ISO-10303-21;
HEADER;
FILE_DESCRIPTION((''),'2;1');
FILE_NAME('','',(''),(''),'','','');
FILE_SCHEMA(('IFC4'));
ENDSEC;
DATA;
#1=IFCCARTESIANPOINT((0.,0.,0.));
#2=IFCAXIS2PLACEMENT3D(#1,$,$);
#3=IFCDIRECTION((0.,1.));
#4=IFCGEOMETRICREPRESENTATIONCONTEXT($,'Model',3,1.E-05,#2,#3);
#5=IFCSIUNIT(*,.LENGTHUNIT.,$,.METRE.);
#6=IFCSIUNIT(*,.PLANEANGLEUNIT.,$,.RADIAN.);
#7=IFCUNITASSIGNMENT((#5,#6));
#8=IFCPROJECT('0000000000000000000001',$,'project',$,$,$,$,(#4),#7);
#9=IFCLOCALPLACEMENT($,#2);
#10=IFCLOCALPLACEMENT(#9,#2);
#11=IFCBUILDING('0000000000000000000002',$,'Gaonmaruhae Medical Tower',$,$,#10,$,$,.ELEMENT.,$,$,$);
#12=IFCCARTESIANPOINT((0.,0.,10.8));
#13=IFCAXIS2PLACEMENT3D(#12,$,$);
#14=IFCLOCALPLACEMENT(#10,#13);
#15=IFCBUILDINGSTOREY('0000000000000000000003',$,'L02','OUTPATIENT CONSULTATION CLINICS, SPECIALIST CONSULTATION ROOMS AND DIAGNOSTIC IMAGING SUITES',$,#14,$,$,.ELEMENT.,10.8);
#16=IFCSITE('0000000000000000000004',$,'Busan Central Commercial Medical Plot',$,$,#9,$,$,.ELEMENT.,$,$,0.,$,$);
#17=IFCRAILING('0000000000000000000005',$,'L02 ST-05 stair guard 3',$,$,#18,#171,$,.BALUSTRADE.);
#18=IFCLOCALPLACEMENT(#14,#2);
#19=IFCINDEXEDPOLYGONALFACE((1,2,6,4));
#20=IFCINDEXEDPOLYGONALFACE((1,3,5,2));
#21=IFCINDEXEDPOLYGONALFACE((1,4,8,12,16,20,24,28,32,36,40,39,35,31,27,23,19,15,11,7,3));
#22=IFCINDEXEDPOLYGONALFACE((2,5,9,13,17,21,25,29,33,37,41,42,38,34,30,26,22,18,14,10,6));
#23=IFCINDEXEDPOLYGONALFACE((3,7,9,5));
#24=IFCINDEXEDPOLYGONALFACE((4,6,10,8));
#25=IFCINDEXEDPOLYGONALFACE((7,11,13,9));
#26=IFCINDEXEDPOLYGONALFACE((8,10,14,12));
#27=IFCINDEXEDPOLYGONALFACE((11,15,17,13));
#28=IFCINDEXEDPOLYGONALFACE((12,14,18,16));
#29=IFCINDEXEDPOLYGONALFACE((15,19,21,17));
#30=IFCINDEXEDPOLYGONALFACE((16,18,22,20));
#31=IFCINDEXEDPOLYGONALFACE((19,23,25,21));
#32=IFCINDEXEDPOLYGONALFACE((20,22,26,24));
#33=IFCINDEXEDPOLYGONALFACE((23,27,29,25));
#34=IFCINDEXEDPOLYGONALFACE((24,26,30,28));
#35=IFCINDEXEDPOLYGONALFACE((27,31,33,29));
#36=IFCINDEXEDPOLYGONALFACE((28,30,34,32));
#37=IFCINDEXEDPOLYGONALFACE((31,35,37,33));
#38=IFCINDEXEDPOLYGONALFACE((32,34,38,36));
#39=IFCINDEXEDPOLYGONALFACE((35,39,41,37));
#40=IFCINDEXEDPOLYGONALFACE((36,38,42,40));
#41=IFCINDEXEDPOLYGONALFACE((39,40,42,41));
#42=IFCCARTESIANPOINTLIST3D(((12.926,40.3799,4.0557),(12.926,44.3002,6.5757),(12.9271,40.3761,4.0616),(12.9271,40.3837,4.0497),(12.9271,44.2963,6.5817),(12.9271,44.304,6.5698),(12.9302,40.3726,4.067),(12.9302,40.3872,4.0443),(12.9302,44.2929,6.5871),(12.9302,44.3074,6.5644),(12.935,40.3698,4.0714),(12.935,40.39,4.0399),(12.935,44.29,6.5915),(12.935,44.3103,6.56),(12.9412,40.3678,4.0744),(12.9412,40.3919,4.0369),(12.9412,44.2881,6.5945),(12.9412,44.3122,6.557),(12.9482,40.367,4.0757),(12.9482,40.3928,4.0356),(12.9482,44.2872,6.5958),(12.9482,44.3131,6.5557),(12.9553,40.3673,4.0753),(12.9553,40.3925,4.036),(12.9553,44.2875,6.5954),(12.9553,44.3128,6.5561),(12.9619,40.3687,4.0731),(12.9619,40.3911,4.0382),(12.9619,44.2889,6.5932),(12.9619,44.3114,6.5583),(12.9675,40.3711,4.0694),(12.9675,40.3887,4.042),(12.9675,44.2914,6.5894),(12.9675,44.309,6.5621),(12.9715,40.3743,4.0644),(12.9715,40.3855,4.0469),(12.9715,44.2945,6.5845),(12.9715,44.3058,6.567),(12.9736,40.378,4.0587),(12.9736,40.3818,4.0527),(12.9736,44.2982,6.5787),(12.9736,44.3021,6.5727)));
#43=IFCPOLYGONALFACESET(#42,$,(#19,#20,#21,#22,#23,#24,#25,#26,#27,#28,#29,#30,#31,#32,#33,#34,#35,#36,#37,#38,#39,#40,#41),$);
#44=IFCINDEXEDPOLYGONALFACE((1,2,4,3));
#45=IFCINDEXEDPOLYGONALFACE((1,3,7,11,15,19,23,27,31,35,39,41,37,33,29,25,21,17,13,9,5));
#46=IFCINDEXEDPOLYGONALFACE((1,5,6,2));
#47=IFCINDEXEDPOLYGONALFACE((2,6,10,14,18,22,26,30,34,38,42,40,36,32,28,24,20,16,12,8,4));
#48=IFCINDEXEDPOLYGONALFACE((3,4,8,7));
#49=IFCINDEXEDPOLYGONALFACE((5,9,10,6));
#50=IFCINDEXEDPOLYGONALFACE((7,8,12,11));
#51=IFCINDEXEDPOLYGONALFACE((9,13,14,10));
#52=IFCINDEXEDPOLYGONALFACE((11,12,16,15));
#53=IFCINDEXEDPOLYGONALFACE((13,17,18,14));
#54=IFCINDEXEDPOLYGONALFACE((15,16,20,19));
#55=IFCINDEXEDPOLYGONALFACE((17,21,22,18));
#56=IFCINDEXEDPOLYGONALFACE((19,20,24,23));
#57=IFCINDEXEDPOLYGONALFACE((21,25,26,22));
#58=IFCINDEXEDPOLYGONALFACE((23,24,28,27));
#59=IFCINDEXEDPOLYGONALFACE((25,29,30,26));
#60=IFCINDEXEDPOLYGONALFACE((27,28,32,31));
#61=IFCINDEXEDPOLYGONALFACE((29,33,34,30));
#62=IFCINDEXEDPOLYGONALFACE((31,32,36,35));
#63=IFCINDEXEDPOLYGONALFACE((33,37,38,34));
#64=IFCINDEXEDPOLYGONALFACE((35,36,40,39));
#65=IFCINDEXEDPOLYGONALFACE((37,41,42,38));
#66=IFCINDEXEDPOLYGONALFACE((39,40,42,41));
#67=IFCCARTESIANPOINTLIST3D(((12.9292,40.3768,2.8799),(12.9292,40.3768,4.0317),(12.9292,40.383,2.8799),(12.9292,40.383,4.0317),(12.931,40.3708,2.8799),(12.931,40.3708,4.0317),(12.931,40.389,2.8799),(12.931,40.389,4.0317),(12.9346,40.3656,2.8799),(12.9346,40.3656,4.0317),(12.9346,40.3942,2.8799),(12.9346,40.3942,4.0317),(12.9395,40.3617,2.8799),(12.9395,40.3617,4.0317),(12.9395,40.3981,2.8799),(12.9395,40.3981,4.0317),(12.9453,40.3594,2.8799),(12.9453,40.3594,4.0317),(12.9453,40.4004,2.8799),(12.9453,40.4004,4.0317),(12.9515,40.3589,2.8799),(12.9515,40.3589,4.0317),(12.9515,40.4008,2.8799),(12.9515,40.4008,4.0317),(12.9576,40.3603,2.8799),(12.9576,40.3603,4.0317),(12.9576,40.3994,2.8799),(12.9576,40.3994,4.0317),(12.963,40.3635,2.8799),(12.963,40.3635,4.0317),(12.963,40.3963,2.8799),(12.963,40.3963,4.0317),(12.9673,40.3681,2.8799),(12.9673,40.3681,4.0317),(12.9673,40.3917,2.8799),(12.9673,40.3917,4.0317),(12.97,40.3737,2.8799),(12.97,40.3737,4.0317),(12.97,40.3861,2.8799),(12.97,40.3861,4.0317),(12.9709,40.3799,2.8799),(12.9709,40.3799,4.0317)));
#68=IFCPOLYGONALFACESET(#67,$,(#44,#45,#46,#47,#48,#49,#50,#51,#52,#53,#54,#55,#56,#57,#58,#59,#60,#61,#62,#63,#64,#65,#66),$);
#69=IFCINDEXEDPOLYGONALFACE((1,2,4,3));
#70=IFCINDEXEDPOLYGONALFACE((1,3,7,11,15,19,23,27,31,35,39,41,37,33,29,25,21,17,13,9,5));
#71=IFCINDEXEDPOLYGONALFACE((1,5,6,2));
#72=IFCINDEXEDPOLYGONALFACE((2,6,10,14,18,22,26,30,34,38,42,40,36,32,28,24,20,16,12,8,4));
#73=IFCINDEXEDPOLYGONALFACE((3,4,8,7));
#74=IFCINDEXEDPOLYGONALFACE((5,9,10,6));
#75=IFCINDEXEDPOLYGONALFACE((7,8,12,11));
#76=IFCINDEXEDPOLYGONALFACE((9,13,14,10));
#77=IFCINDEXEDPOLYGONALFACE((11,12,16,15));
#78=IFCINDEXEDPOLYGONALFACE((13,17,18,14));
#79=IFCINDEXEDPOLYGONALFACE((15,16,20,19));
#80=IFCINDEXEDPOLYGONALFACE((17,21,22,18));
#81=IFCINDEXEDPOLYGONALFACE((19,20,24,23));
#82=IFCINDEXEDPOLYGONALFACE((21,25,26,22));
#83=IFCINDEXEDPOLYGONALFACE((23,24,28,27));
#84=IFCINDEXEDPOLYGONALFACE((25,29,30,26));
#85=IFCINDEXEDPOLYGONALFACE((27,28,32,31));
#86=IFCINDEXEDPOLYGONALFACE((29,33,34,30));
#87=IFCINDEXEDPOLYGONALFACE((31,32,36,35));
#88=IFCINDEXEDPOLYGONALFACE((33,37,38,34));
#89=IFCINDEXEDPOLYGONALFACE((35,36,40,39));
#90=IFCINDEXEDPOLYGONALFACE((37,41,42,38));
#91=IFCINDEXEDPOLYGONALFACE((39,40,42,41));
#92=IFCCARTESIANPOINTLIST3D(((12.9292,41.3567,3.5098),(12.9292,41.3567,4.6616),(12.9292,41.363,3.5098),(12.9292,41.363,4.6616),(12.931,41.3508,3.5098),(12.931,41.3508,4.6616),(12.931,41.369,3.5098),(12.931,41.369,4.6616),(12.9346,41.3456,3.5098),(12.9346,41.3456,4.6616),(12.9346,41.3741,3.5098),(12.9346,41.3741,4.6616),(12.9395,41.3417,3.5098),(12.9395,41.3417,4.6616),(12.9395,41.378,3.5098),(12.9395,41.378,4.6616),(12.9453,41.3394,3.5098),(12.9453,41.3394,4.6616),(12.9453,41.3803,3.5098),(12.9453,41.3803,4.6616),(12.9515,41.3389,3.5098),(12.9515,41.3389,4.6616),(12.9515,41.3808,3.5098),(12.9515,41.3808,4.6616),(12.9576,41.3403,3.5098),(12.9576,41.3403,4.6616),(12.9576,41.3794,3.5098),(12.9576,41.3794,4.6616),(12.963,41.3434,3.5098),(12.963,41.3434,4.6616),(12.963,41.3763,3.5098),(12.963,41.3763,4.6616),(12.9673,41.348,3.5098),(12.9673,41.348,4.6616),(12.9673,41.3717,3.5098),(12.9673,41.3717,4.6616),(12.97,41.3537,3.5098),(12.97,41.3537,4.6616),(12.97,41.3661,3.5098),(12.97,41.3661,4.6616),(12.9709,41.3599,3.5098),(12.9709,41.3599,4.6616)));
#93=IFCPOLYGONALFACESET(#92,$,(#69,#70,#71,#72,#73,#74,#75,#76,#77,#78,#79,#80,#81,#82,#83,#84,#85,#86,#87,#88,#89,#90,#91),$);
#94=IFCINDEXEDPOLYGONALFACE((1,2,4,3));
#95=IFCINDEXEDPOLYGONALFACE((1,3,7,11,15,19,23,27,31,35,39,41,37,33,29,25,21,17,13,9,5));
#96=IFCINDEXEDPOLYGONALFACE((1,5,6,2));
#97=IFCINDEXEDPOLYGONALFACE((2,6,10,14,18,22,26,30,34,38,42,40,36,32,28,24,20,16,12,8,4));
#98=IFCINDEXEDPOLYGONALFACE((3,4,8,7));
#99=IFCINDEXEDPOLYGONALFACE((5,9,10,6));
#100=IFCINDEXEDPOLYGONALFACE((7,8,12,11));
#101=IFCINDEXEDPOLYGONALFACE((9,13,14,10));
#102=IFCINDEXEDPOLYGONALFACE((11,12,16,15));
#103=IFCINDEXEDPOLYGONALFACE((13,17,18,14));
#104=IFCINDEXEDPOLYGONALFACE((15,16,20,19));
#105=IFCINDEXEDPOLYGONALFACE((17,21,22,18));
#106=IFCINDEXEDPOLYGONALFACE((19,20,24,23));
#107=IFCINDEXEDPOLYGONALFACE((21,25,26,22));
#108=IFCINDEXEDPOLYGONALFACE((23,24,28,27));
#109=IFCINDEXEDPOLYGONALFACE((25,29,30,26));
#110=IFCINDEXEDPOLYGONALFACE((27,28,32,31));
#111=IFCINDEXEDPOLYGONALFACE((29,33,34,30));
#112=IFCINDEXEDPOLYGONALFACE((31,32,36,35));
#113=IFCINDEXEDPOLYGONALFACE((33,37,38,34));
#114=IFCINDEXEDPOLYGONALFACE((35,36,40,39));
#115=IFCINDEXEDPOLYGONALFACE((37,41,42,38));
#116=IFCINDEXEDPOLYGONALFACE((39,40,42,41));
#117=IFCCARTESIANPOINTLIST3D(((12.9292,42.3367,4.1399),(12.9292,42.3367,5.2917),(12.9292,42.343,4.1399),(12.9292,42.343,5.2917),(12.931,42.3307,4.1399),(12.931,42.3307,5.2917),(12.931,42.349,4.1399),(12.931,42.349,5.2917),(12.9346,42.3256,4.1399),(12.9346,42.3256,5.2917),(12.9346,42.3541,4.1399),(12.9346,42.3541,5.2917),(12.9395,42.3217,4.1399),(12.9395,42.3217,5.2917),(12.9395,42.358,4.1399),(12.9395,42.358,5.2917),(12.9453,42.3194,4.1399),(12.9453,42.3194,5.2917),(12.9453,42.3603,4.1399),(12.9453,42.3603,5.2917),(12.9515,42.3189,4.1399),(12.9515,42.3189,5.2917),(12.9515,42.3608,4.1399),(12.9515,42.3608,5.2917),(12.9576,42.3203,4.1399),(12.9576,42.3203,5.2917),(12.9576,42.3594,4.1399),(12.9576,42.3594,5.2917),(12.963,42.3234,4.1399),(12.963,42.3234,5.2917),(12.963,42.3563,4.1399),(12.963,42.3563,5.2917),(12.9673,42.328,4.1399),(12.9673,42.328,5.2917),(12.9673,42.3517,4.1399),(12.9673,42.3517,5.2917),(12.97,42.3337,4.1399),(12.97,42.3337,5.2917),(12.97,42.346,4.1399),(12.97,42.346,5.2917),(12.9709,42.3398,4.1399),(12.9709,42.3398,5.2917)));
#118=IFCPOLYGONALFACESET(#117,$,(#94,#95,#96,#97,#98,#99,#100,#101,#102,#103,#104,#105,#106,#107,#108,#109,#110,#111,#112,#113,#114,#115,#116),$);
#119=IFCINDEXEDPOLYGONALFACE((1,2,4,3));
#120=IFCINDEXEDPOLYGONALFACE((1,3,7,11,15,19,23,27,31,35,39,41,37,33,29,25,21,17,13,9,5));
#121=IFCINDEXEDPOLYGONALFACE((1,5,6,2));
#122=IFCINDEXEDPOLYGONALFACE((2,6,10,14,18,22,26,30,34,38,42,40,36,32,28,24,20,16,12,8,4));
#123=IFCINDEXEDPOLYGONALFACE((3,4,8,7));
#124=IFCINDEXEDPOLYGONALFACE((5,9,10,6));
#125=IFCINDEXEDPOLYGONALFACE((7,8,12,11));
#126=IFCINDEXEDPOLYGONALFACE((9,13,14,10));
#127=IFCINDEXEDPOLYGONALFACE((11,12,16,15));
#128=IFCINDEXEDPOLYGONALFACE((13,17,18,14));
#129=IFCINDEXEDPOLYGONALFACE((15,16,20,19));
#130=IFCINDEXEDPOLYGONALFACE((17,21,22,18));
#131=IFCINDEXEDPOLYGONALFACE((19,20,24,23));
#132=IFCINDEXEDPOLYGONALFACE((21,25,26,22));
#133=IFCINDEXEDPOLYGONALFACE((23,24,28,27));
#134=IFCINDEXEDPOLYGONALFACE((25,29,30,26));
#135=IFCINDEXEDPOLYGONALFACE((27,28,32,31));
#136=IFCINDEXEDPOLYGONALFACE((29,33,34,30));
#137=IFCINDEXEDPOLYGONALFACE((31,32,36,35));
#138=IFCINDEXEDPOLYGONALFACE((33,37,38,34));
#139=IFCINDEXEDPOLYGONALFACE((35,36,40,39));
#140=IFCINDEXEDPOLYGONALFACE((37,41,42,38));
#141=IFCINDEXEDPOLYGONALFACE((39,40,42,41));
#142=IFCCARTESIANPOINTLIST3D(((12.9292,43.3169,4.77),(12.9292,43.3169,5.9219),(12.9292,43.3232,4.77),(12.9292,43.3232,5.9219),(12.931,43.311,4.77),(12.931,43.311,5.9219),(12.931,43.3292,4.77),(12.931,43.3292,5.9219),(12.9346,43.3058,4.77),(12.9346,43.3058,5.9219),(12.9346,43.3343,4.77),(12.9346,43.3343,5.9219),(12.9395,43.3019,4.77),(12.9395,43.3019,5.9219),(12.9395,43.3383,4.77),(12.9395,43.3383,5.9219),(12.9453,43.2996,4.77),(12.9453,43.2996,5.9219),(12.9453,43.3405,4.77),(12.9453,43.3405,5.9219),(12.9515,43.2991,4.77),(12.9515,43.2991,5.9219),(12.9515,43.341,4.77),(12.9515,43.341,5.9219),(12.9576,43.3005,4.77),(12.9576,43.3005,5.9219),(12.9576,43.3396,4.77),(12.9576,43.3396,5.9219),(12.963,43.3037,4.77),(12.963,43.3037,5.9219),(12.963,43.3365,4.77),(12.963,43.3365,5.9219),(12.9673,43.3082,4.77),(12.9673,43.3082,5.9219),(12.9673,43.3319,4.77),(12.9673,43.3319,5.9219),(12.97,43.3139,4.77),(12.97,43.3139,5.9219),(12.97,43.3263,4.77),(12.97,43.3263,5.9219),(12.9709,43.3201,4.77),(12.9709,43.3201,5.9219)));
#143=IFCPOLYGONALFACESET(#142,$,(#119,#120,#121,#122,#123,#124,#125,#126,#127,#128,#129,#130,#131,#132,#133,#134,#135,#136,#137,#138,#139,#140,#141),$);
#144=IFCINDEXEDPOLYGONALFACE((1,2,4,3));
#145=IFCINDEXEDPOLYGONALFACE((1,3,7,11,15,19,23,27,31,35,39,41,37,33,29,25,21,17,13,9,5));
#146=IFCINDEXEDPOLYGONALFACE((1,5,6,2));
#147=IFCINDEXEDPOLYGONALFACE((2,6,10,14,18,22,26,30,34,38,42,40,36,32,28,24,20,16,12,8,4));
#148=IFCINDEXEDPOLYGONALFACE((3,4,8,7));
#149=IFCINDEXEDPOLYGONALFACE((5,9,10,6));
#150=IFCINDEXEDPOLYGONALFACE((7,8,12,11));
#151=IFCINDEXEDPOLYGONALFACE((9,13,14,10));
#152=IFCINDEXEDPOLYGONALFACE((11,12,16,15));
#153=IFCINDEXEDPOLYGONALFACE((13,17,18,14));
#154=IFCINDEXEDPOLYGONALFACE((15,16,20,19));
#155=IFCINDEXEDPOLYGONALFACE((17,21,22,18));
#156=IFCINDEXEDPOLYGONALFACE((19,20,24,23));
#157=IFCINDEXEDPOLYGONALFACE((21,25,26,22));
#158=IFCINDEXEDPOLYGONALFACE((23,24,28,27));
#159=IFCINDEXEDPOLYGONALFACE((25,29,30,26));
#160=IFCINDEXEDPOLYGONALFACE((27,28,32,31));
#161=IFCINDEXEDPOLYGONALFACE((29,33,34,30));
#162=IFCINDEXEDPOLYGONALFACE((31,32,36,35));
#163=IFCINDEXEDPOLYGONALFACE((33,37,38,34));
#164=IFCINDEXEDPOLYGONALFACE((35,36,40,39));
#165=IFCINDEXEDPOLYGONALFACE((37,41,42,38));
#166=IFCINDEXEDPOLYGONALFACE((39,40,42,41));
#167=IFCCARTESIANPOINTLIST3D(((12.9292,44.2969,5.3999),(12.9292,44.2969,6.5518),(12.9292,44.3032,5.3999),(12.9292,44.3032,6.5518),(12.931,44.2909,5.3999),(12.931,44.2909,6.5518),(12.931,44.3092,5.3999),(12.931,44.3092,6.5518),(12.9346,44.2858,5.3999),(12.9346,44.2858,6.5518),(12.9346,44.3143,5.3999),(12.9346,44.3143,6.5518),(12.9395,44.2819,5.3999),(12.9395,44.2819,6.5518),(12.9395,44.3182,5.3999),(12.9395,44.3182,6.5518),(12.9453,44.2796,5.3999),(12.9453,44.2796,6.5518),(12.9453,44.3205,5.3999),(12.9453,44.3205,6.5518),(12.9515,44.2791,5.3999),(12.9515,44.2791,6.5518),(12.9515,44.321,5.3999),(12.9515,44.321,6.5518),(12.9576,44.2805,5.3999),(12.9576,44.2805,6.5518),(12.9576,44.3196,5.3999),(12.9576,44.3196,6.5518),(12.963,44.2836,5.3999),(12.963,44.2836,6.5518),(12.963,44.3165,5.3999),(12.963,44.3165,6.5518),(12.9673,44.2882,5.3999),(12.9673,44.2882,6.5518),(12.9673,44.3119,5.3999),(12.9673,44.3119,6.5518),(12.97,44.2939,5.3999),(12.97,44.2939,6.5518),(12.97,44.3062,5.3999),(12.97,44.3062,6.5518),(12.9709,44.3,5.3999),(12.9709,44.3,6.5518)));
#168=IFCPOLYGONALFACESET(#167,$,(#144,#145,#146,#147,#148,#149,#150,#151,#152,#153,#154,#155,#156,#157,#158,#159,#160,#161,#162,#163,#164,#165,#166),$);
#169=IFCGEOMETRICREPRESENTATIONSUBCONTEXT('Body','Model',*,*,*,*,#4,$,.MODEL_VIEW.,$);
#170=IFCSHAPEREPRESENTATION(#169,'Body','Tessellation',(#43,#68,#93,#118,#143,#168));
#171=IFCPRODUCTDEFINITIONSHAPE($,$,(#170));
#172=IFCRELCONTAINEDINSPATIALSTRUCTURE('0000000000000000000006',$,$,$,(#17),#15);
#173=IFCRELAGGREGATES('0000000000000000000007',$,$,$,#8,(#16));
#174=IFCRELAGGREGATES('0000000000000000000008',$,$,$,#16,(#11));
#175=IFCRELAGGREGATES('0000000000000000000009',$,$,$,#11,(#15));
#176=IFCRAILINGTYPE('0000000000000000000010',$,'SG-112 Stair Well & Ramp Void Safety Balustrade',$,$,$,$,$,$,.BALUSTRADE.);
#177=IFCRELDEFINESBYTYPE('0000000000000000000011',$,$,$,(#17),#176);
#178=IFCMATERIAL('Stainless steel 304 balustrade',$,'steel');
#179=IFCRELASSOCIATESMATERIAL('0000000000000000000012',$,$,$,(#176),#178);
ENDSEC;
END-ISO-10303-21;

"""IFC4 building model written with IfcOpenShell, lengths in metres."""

from ifc_helpers import new_model, si_unit, direction, frame, origin, origin_2d, place, context, subcontext, project, spatial, circle, extrude, material, type_object, element, save


model = new_model("IFC4")

# Units and contexts
model_context = context("Model", 3, precision=1e-05, world=origin(), true_north=direction((0.0, 1.0)))
body_context = subcontext(model_context, "Body", "Model", "MODEL_VIEW")
ifc_project = project(units=[si_unit("LENGTHUNIT", "METRE"), si_unit("PLANEANGLEUNIT", "RADIAN")], contexts=[model_context])

# Site, building, storey
site_placement = place(None, origin())
site = spatial("IfcSite", under=ifc_project, at=site_placement, Name="Busan Central Commercial Medical Plot", CompositionType="ELEMENT", RefElevation=0.0)
building_placement = place(site_placement, origin())
building = spatial("IfcBuilding", under=site, at=building_placement, Name="Gaonmaruhae Medical Tower", CompositionType="ELEMENT")
storey_placement = place(building_placement, frame((0.0, 0.0, 10.8)))
storey = spatial("IfcBuildingStorey", under=building, at=storey_placement, Name="L02", Description="OUTPATIENT CONSULTATION CLINICS, SPECIALIST CONSULTATION ROOMS AND DIAGNOSTIC IMAGING SUITES", CompositionType="ELEMENT", Elevation=10.8)

# Railing
ifc_material_1 = material(Name="Stainless steel 304 balustrade", Category="steel")
railing_type_1 = type_object("IfcRailingType", Name="SG-112 Stair Well & Ramp Void Safety Balustrade", PredefinedType="BALUSTRADE", material=ifc_material_1)
railing_1_placement = place(storey_placement, frame((12.95, 40.3799, 2.8799)))
element("IfcRailing", 1, at=railing_1_placement, inside=storey, type_object=railing_type_1, Name="L02 ST-05 stair guard 3", PredefinedType="BALUSTRADE", context=body_context, shape_type="SweptSolid", body=[
    extrude(circle(Radius=0.0239, at=origin_2d()), frame((0.0, 0.0, 1.1758), z_axis=(0.0, 0.841187, 0.540744), x_axis=(-1.0, 0.0, 0.0)), (0.0, 0.0, 1.0), 4.6604),
    extrude(circle(Radius=0.021, at=origin_2d()), origin(), (0.0, 0.0, 1.0), 1.1519),
    extrude(circle(Radius=0.021, at=origin_2d()), frame((0.0, 0.98, 0.6299)), (0.0, 0.0, 1.0), 1.1519),
    extrude(circle(Radius=0.021, at=origin_2d()), frame((0.0, 1.96, 1.26)), (0.0, 0.0, 1.0), 1.1519),
    extrude(circle(Radius=0.021, at=origin_2d()), frame((0.0, 2.9402, 1.8901)), (0.0, 0.0, 1.0), 1.1519),
    extrude(circle(Radius=0.021, at=origin_2d()), frame((0.0, 3.9202, 2.52)), (0.0, 0.0, 1.0), 1.1519),
])

save(model, "model.ifc")
